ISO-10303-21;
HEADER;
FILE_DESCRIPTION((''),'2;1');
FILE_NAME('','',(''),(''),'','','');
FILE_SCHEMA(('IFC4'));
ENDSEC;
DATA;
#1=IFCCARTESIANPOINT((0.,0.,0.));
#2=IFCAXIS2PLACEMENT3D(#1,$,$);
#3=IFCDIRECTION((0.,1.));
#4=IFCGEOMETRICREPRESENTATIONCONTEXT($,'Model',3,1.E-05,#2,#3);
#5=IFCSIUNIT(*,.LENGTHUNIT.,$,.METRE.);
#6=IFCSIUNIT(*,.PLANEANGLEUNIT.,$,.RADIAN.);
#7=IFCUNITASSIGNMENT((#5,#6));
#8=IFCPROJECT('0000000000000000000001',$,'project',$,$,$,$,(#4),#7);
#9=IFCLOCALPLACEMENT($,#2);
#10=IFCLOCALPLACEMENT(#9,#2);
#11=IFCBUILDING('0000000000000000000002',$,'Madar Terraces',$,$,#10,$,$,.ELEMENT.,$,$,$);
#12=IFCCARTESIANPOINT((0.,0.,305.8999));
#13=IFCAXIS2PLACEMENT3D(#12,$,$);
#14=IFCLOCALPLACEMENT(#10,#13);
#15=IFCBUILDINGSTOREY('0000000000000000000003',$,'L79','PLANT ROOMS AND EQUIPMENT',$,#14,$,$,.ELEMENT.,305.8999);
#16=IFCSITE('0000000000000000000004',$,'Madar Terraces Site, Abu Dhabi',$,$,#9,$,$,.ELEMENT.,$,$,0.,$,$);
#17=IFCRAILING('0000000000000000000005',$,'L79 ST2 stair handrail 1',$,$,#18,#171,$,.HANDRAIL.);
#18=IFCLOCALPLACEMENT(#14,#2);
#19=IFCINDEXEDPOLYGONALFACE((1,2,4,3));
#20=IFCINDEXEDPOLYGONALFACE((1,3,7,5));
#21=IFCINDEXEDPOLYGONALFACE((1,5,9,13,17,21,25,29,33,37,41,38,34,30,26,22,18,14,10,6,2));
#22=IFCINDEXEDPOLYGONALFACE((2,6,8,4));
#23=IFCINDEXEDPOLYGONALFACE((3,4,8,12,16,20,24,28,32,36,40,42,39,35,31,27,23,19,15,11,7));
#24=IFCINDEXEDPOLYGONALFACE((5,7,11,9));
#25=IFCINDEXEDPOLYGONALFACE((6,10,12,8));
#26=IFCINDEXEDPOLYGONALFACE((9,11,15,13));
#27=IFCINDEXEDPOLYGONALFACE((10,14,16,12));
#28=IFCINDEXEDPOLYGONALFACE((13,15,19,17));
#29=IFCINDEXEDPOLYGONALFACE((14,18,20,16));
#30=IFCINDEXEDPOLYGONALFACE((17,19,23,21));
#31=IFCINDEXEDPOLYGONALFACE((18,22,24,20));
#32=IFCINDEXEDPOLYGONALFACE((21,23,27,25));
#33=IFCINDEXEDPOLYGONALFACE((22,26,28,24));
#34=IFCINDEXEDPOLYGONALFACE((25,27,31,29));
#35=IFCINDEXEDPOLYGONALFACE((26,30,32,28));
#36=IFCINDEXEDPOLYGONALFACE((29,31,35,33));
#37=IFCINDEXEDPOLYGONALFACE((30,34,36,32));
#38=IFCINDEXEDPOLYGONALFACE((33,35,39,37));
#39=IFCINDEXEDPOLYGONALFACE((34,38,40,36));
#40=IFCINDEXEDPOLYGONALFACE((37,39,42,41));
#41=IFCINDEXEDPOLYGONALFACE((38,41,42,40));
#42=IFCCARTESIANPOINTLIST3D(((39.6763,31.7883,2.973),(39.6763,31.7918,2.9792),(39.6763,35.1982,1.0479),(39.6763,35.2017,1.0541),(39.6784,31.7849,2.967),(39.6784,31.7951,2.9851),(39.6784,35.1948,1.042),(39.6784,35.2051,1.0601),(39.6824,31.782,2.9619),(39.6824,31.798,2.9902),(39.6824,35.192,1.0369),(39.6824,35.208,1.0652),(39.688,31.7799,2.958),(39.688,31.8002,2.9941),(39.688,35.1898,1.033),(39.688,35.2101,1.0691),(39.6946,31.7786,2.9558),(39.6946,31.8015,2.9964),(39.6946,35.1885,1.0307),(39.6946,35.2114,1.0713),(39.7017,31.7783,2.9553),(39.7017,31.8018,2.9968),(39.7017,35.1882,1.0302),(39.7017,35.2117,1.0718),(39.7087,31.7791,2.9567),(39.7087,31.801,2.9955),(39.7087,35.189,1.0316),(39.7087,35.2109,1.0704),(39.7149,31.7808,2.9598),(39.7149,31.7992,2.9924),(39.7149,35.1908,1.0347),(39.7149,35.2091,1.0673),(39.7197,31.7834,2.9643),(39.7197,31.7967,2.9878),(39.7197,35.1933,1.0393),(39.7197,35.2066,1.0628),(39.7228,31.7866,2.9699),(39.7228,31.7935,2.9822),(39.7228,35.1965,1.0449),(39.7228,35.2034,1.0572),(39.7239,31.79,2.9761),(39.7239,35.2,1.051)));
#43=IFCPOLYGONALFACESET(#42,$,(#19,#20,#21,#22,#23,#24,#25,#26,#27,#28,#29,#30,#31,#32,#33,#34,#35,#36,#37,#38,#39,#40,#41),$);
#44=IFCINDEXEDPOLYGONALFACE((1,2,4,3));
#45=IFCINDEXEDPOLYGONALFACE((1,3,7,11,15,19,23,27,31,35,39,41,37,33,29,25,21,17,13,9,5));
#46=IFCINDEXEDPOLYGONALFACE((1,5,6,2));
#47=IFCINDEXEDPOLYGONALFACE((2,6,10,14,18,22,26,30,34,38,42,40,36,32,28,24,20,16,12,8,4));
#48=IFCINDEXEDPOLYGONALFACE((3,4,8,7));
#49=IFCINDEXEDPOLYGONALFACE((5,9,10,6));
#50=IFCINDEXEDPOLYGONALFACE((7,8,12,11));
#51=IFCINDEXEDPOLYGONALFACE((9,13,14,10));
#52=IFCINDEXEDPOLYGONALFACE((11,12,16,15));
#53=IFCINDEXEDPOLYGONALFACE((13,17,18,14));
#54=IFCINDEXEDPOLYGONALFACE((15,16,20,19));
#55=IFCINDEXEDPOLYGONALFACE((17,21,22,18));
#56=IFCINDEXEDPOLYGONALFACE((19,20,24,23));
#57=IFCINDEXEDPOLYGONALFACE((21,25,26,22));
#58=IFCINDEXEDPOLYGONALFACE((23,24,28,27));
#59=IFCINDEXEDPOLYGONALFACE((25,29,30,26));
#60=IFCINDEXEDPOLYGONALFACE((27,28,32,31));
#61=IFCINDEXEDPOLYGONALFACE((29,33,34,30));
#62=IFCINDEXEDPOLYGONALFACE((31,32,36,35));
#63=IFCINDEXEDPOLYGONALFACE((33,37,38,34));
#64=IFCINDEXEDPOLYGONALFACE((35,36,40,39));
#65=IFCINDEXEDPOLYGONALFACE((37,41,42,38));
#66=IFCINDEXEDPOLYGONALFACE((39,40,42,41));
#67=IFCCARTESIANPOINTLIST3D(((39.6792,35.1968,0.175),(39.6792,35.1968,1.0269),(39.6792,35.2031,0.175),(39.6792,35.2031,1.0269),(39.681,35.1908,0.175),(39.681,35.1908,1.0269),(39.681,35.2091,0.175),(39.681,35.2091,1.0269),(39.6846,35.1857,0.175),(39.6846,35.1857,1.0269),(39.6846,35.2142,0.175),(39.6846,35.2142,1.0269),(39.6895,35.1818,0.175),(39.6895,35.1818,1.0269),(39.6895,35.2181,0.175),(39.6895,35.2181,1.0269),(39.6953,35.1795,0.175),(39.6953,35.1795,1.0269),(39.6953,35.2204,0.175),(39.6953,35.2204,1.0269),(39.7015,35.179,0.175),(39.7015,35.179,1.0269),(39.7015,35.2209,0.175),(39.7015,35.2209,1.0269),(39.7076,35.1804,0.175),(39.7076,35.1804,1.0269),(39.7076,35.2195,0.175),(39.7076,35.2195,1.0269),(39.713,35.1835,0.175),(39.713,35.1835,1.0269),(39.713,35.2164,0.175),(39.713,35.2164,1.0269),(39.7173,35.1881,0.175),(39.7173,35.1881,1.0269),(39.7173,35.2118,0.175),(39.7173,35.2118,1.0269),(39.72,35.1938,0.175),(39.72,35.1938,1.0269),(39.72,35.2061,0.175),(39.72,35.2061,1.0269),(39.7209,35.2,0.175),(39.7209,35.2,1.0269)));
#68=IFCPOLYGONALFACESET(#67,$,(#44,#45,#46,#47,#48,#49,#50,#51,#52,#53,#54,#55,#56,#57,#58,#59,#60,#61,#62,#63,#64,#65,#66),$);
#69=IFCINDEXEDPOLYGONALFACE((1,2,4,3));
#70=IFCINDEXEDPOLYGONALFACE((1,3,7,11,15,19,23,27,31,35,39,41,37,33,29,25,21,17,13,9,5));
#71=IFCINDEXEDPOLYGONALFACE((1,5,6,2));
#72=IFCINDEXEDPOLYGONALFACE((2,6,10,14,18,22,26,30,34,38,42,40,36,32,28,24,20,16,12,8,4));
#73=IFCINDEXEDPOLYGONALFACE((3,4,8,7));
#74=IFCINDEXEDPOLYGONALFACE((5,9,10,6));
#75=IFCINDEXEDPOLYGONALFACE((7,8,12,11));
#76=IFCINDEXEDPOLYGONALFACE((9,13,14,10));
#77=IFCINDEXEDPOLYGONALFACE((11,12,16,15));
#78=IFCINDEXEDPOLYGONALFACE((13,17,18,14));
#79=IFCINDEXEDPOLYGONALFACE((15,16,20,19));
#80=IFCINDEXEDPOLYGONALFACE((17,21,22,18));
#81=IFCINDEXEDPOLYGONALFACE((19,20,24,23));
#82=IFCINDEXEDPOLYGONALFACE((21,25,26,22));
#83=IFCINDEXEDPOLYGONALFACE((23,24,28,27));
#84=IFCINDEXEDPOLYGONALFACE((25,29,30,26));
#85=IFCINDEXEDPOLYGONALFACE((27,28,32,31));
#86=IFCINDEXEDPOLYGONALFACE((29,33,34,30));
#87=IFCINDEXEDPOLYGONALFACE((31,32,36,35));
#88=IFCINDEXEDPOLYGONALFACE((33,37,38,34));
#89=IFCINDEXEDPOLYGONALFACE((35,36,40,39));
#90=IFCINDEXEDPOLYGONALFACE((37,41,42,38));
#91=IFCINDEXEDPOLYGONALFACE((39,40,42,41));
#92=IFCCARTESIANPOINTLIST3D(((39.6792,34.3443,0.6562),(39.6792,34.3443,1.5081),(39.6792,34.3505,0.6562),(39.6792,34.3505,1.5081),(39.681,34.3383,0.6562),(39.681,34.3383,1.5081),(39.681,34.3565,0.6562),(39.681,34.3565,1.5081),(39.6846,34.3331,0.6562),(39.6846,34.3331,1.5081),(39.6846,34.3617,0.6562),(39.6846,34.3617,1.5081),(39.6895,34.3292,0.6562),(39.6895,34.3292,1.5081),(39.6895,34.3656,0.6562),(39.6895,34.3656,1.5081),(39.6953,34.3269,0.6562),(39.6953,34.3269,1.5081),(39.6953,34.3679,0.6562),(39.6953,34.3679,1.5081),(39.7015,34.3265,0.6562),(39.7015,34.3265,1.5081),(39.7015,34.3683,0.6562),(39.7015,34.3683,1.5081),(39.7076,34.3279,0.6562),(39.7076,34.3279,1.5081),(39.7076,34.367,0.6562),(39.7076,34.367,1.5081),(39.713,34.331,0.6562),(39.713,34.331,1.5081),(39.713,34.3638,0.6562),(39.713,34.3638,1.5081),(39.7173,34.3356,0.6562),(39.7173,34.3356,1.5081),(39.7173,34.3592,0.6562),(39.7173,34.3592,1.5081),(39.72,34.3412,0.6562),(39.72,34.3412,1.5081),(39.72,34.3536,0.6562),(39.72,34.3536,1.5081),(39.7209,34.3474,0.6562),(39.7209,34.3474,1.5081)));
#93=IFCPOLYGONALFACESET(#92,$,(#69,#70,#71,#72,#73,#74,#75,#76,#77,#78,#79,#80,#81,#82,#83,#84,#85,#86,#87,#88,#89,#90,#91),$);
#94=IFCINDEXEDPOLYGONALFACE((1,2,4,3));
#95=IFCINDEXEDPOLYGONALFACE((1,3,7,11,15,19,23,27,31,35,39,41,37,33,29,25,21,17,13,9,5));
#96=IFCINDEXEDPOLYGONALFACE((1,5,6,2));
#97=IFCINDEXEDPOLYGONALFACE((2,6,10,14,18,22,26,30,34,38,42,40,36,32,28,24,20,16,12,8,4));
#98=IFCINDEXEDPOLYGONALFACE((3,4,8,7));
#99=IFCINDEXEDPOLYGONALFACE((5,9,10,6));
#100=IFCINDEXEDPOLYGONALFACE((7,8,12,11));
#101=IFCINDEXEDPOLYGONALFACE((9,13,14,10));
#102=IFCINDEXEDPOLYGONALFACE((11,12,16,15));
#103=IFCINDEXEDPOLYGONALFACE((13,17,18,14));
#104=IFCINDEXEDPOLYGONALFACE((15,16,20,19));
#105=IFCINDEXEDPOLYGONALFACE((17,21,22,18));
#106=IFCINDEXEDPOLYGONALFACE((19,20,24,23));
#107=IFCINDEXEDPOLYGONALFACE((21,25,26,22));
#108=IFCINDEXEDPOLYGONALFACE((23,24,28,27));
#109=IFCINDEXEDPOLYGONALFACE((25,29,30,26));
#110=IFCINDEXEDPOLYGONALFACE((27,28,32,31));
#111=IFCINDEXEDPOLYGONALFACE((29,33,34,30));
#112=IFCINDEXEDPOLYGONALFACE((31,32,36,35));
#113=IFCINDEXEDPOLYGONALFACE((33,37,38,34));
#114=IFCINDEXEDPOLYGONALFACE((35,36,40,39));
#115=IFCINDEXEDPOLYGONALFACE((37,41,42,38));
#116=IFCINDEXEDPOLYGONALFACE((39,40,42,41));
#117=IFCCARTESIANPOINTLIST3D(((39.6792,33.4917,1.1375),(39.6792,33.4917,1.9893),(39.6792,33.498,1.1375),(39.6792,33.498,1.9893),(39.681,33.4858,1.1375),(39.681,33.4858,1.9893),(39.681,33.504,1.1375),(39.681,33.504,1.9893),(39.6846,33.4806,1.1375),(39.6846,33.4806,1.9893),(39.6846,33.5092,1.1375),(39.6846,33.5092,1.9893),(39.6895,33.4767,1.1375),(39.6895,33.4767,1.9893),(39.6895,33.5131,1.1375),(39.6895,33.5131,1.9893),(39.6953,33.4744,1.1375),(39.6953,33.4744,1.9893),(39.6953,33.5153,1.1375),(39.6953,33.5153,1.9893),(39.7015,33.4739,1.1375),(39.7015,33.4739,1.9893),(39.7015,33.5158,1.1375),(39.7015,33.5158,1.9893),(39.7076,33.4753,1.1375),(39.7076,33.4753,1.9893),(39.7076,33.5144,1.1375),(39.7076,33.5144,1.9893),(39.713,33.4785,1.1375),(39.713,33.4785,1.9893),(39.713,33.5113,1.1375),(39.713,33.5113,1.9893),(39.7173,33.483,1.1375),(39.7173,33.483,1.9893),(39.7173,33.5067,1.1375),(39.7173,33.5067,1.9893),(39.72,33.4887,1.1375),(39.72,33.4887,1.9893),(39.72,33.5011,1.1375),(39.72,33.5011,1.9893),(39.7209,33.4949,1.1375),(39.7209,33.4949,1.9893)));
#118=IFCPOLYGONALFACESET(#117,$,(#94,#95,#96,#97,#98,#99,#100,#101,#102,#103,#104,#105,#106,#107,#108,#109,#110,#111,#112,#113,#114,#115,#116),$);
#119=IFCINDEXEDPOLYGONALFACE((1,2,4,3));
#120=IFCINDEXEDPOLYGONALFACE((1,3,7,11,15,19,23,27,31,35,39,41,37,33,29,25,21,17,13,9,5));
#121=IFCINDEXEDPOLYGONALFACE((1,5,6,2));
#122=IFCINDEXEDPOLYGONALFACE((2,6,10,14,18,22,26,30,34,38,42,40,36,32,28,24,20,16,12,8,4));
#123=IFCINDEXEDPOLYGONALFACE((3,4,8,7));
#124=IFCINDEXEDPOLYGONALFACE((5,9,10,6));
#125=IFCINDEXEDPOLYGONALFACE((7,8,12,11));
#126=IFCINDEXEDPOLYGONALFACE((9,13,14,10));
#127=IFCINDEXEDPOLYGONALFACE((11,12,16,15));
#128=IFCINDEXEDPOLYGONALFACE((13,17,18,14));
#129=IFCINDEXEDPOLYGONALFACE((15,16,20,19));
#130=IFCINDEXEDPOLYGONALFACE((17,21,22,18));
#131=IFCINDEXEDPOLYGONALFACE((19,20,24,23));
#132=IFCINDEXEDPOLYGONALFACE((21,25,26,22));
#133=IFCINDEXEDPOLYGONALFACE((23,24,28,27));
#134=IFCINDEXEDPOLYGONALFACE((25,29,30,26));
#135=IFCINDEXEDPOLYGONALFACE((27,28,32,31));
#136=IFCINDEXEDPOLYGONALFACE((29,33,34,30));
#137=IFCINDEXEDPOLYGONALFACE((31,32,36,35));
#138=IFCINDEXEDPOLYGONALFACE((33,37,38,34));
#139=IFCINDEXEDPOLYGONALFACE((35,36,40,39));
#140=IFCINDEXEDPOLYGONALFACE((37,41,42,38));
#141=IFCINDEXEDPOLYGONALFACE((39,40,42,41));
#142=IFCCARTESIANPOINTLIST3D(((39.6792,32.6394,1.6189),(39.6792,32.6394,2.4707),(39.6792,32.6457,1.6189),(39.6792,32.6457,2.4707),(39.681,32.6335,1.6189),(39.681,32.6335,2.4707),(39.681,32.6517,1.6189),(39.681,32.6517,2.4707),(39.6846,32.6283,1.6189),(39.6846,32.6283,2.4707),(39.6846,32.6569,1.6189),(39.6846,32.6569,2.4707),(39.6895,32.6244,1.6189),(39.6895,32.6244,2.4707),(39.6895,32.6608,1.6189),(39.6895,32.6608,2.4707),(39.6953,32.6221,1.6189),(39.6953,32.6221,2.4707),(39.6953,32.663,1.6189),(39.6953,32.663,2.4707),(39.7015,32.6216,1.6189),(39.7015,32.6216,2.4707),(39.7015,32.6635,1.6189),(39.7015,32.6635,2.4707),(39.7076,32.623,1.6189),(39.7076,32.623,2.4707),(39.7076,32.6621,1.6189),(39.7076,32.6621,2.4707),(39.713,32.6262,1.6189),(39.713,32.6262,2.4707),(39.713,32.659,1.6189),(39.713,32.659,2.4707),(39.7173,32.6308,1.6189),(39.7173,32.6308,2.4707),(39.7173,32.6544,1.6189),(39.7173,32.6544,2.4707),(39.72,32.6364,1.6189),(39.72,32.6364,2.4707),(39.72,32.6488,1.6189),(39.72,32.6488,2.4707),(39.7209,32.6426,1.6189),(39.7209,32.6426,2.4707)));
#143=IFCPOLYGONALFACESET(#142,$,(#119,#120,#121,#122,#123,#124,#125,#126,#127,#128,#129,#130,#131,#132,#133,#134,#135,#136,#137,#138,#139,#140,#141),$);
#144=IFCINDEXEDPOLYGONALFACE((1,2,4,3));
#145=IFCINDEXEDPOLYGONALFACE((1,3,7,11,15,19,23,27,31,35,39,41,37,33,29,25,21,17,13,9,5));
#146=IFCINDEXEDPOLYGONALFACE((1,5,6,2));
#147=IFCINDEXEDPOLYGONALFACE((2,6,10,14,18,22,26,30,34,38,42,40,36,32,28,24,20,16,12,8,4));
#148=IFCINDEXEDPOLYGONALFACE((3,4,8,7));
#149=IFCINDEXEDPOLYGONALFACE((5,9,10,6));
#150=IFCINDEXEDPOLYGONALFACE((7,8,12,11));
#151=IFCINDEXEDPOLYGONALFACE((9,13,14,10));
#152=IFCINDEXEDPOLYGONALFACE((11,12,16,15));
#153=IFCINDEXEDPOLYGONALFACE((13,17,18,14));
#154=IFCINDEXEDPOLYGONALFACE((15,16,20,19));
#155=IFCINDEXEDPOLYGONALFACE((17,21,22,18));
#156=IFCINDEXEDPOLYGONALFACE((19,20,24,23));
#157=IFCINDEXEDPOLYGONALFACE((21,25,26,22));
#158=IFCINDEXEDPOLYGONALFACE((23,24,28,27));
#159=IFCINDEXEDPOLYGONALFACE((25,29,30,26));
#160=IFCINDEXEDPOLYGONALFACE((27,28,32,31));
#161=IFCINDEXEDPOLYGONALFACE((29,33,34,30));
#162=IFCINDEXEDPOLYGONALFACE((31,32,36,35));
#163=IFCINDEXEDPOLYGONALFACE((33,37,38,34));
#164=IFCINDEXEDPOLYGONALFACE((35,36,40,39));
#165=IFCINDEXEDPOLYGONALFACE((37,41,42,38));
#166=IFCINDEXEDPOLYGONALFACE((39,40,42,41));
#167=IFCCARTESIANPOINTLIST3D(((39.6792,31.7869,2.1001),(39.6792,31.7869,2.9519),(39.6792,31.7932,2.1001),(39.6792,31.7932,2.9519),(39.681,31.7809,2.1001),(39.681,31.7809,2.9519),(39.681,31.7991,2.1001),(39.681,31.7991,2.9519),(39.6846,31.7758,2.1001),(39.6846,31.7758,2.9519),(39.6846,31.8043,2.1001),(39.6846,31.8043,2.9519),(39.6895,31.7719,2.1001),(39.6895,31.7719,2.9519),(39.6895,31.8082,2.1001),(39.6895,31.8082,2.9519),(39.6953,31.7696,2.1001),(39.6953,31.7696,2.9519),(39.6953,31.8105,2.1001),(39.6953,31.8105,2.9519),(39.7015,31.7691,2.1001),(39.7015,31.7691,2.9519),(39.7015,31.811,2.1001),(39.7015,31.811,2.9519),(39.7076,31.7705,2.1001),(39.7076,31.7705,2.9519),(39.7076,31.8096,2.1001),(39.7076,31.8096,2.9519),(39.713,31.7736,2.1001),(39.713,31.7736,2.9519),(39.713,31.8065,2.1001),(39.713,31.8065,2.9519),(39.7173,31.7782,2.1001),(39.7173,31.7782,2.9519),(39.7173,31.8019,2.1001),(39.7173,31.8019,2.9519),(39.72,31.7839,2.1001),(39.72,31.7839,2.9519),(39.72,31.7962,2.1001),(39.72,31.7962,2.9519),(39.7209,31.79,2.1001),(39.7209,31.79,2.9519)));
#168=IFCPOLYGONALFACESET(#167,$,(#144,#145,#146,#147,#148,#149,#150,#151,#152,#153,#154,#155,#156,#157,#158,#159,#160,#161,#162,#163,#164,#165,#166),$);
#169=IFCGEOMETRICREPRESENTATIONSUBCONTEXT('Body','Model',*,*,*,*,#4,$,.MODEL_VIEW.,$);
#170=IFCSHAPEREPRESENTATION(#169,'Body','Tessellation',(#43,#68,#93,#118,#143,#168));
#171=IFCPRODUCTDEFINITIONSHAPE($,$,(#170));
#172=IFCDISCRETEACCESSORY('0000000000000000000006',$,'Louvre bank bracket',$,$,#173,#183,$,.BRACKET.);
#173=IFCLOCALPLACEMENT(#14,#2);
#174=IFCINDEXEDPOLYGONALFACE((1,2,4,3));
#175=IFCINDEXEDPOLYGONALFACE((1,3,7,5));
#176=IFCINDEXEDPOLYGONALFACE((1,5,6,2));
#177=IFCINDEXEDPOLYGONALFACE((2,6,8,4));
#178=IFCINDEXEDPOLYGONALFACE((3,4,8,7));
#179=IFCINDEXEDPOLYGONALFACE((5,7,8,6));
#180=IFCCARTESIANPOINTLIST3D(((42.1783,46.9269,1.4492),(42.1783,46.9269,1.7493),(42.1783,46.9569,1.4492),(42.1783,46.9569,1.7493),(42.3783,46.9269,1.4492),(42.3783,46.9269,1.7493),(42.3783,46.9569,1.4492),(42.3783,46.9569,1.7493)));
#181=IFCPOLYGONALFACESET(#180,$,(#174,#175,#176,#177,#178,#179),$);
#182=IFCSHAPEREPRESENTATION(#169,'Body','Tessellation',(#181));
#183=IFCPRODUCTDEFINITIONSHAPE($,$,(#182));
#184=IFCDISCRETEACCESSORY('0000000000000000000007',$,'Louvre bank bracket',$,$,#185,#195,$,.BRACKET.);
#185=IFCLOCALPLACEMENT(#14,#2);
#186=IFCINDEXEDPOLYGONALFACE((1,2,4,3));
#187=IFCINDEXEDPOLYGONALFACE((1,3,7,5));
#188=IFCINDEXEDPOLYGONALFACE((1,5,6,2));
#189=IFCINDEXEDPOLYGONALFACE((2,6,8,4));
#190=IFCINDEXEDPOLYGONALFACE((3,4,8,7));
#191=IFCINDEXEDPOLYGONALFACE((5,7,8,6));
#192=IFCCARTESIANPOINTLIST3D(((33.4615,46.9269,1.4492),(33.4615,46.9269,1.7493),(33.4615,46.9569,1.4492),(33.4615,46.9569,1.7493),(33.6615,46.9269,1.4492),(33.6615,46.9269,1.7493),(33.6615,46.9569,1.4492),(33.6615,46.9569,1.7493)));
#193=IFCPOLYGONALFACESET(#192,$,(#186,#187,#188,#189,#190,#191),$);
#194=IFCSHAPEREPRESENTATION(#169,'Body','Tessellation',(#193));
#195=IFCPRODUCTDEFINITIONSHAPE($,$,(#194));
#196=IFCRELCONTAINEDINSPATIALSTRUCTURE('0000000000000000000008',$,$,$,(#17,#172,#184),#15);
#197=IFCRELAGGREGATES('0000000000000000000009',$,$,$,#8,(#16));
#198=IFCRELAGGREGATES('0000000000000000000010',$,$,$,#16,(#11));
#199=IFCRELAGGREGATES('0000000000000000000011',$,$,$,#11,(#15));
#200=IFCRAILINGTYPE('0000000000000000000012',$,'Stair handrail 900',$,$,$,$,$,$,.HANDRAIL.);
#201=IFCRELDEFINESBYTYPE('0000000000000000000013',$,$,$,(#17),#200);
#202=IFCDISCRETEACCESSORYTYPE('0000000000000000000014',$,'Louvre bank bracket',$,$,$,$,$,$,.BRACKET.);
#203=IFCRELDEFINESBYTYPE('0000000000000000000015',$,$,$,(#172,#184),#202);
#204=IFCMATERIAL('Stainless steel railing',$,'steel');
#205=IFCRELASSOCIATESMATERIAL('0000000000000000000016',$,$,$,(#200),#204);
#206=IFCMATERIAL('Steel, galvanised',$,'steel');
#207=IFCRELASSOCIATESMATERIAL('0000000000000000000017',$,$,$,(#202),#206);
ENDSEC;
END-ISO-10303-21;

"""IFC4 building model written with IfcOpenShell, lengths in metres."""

from ifc_helpers import new_model, si_unit, direction, frame, origin, origin_2d, place, context, subcontext, project, spatial, rectangle, circle, extrude, material, type_object, element, save


model = new_model("IFC4")

# Units and contexts
model_context = context("Model", 3, precision=1e-05, world=origin(), true_north=direction((0.0, 1.0)))
body_context = subcontext(model_context, "Body", "Model", "MODEL_VIEW")
ifc_project = project(units=[si_unit("LENGTHUNIT", "METRE"), si_unit("PLANEANGLEUNIT", "RADIAN")], contexts=[model_context])

# Site, building, storey
site_placement = place(None, origin())
site = spatial("IfcSite", under=ifc_project, at=site_placement, Name="Madar Terraces Site, Abu Dhabi", CompositionType="ELEMENT", RefElevation=0.0)
building_placement = place(site_placement, origin())
building = spatial("IfcBuilding", under=site, at=building_placement, Name="Madar Terraces", CompositionType="ELEMENT")
storey_placement = place(building_placement, frame((0.0, 0.0, 305.8999)))
storey = spatial("IfcBuildingStorey", under=building, at=storey_placement, Name="L79", Description="PLANT ROOMS AND EQUIPMENT", CompositionType="ELEMENT", Elevation=305.8999)

# Railing
ifc_material_1 = material(Name="Stainless steel railing", Category="steel")
railing_type_1 = type_object("IfcRailingType", Name="Stair handrail 900", PredefinedType="HANDRAIL", material=ifc_material_1)
railing_1_placement = place(storey_placement, frame((39.7, 35.2, 0.175)))
element("IfcRailing", 1, at=railing_1_placement, inside=storey, type_object=railing_type_1, Name="L79 ST2 stair handrail 1", PredefinedType="HANDRAIL", context=body_context, shape_type="SweptSolid", body=[
    extrude(circle(Radius=0.0239, at=origin_2d()), frame((0.0, 0.0, 0.876), z_axis=(0.0, -0.870814, 0.491613), x_axis=(1.0, 0.0, 0.0)), (0.0, 0.0, 1.0), 3.9158),
    extrude(circle(Radius=0.021, at=origin_2d()), origin(), (0.0, 0.0, 1.0), 0.8518),
    extrude(circle(Radius=0.021, at=origin_2d()), frame((0.0, -0.8525, 0.4812)), (0.0, 0.0, 1.0), 0.8518),
    extrude(circle(Radius=0.021, at=origin_2d()), frame((0.0, -1.7051, 0.9624)), (0.0, 0.0, 1.0), 0.8518),
    extrude(circle(Radius=0.021, at=origin_2d()), frame((0.0, -2.5574, 1.4438)), (0.0, 0.0, 1.0), 0.8518),
    extrude(circle(Radius=0.021, at=origin_2d()), frame((0.0, -3.4099, 1.925)), (0.0, 0.0, 1.0), 0.8518),
])

# Discrete accessories
ifc_material_2 = material(Name="Steel, galvanised", Category="steel")
discrete_accessory_type = type_object("IfcDiscreteAccessoryType", Name="Louvre bank bracket", PredefinedType="BRACKET", material=ifc_material_2)
for number, where, z_axis, x_axis, name in (
    (2, (42.2783, 46.9419, 1.4492), (0.0, 0.0, 1.0), (-1.0, 0.0, 0.0), "Louvre bank bracket"),
    (3, (33.5615, 46.9419, 1.4492), (0.0, 0.0, 1.0), (-1.0, 0.0, 0.0), "Louvre bank bracket"),
):
    element("IfcDiscreteAccessory", number, at=place(storey_placement, frame(where, z_axis=z_axis, x_axis=x_axis)), inside=storey, type_object=discrete_accessory_type, Name=name, PredefinedType="BRACKET", context=body_context, shape_type="SweptSolid", body=[
        extrude(rectangle(XDim=0.2, YDim=0.03, at=origin_2d()), origin(), (0.0, 0.0, 1.0), 0.3),
    ])

save(model, "model.ifc")
